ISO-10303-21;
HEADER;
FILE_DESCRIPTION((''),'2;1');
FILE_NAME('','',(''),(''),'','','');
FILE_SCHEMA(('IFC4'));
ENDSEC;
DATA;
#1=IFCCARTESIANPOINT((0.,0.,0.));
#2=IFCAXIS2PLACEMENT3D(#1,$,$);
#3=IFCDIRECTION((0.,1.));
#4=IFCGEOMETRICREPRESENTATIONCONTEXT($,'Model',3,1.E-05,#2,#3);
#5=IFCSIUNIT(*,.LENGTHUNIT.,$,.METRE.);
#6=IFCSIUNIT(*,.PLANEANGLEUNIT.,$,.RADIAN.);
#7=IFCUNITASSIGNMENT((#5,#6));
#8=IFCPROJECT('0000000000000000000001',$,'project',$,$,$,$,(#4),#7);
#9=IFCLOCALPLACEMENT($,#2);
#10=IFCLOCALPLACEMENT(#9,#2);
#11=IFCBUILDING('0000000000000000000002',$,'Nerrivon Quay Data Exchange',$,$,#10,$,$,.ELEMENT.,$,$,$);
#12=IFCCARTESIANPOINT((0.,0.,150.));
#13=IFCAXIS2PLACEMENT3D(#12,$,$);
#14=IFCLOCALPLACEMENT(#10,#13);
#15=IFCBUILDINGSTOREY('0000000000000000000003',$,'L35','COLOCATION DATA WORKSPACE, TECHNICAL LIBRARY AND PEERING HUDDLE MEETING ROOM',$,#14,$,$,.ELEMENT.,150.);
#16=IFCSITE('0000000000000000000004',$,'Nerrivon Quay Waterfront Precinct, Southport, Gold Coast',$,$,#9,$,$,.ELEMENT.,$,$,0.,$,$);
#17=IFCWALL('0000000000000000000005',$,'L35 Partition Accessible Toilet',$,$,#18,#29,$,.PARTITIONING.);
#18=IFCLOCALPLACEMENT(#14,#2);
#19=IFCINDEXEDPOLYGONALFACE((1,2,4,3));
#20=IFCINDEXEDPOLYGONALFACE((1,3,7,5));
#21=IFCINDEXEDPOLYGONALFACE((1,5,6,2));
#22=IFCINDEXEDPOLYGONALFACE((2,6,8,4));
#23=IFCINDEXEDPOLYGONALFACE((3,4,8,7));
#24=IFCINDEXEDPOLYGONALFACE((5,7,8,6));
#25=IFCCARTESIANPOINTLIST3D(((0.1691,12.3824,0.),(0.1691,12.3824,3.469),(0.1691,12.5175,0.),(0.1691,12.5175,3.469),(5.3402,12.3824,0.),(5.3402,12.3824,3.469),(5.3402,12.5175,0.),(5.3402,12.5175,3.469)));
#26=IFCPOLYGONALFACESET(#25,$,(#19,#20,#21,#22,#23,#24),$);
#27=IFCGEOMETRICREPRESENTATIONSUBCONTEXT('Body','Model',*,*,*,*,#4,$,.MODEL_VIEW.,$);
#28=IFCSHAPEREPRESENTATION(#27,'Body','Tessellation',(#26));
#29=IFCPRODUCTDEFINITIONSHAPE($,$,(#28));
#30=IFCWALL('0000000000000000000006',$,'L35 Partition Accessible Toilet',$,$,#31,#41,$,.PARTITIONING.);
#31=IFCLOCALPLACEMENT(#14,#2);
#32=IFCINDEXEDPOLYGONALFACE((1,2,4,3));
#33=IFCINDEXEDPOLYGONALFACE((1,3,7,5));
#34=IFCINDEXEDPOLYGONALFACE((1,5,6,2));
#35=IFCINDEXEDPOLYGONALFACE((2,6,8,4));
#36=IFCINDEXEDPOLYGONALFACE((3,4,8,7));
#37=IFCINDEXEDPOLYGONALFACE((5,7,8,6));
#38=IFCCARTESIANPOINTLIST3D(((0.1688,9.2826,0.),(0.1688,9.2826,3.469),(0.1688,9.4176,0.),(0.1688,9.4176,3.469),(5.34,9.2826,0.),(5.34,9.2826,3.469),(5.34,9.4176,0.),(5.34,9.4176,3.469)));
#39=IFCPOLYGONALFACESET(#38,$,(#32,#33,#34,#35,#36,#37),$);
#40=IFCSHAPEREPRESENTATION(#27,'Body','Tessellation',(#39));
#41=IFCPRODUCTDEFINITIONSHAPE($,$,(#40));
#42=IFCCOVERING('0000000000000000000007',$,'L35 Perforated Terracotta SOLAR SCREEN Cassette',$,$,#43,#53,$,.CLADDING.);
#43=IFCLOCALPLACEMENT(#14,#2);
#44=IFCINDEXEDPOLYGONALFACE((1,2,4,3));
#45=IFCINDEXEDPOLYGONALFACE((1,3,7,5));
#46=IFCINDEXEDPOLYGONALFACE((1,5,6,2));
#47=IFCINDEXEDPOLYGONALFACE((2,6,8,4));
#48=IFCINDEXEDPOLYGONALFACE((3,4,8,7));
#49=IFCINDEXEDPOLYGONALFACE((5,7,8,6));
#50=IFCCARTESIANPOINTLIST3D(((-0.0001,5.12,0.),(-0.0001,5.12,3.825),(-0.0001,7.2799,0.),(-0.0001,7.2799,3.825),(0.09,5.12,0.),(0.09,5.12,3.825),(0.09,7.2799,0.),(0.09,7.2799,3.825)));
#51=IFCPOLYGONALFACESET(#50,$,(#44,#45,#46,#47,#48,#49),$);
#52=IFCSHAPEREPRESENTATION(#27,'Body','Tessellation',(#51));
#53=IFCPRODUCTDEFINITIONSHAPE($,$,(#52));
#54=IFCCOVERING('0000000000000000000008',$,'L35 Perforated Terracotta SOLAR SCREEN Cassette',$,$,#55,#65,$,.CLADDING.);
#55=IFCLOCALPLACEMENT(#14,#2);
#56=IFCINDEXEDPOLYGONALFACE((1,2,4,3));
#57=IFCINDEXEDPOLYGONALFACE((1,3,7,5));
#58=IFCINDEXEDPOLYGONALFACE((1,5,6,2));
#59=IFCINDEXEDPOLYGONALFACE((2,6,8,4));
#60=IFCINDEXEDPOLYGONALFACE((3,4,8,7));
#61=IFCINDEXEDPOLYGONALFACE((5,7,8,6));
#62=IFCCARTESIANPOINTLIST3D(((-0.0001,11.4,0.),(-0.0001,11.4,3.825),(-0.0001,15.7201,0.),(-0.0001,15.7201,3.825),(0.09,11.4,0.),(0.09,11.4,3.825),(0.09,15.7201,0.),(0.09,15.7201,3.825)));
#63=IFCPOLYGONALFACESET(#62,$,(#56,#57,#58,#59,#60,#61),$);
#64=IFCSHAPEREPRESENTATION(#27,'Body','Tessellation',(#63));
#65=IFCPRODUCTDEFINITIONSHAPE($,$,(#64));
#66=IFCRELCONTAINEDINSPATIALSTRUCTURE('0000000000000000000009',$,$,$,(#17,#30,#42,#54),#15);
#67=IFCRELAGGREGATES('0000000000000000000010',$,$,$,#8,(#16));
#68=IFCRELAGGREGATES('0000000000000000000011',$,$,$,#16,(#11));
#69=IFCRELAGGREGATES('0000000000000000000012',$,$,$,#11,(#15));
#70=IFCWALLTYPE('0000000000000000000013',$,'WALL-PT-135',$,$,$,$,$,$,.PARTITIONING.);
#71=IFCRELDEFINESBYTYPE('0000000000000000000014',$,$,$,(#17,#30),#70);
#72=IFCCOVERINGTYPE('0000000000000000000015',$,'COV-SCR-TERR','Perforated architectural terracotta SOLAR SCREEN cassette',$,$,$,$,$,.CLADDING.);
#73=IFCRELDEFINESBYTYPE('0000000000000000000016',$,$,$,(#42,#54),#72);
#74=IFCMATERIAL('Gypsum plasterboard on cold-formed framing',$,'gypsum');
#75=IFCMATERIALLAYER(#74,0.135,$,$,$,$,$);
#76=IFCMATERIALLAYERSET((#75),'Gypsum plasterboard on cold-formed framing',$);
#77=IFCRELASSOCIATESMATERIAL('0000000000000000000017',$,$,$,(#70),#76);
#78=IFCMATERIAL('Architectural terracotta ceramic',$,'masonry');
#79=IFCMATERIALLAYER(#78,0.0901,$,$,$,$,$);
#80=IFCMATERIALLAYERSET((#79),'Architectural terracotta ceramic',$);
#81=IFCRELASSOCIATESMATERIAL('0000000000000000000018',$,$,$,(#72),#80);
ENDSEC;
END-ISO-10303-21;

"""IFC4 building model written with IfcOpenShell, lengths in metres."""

from ifc_helpers import new_model, si_unit, direction, frame, frame_2d, origin, origin_2d, place, context, subcontext, project, spatial, rectangle, extrude, material, layer, layer_set, type_object, element, save


model = new_model("IFC4")

# Units and contexts
model_context = context("Model", 3, precision=1e-05, world=origin(), true_north=direction((0.0, 1.0)))
body_context = subcontext(model_context, "Body", "Model", "MODEL_VIEW")
ifc_project = project(units=[si_unit("LENGTHUNIT", "METRE"), si_unit("PLANEANGLEUNIT", "RADIAN")], contexts=[model_context])

# Site, building, storey
site_placement = place(None, origin())
site = spatial("IfcSite", under=ifc_project, at=site_placement, Name="Nerrivon Quay Waterfront Precinct, Southport, Gold Coast", CompositionType="ELEMENT", RefElevation=0.0)
building_placement = place(site_placement, origin())
building = spatial("IfcBuilding", under=site, at=building_placement, Name="Nerrivon Quay Data Exchange", CompositionType="ELEMENT")
storey_placement = place(building_placement, frame((0.0, 0.0, 150.0)))
storey = spatial("IfcBuildingStorey", under=building, at=storey_placement, Name="L35", Description="COLOCATION DATA WORKSPACE, TECHNICAL LIBRARY AND PEERING HUDDLE MEETING ROOM", CompositionType="ELEMENT", Elevation=150.0)

# Shared definitions
ifc_material_1 = material(Name="Gypsum plasterboard on cold-formed framing", Category="gypsum")

# Walls
ifc_layer_1 = layer(ifc_material_1, 0.135)
ifc_layer_set_1 = layer_set([ifc_layer_1], Name="Gypsum plasterboard on cold-formed framing")
wall_type_1 = type_object("IfcWallType", Name="WALL-PT-135", PredefinedType="PARTITIONING", material=ifc_layer_set_1)
for number, where, z_axis, x_axis, name in (
    (1, (5.3401, 12.45, 0.0), (0.0, 0.0, 1.0), (-1.0, 0.0, 0.0), "L35 Partition Accessible Toilet"),
    (2, (0.1689, 9.3501, 0.0), (0.0, 0.0, 1.0), (1.0, 0.0, 0.0), "L35 Partition Accessible Toilet"),
):
    element("IfcWall", number, at=place(storey_placement, frame(where, z_axis=z_axis, x_axis=x_axis)), inside=storey, type_object=wall_type_1, Name=name, PredefinedType="PARTITIONING", context=body_context, shape_type="SweptSolid", body=[
        extrude(rectangle(XDim=5.1711, YDim=0.135, at=frame_2d((2.5854, 0.0))), origin(), (0.0, 0.0, 1.0), 3.469),
    ])

# Coverings
ifc_material_2 = material(Name="Architectural terracotta ceramic", Category="masonry")
ifc_layer_2 = layer(ifc_material_2, 0.0901)
ifc_layer_set_2 = layer_set([ifc_layer_2], Name="Architectural terracotta ceramic")
covering_type = type_object("IfcCoveringType", Name="COV-SCR-TERR", Description="Perforated architectural terracotta SOLAR SCREEN cassette", PredefinedType="CLADDING", material=ifc_layer_set_2)
covering_1_placement = place(storey_placement, frame((0.0449, 6.2, 0.0), z_axis=(0.0, 0.0, 1.0), x_axis=(0.0, 1.0, 0.0)))
element("IfcCovering", 3, at=covering_1_placement, inside=storey, type_object=covering_type, Name="L35 Perforated Terracotta SOLAR SCREEN Cassette", PredefinedType="CLADDING", context=body_context, shape_type="SweptSolid", body=[
    extrude(rectangle(XDim=2.1599, YDim=0.0901, at=origin_2d()), origin(), (0.0, 0.0, 1.0), 3.825),
])
covering_2_placement = place(storey_placement, frame((0.0449, 13.5601, 0.0), z_axis=(0.0, 0.0, 1.0), x_axis=(0.0, 1.0, 0.0)))
element("IfcCovering", 4, at=covering_2_placement, inside=storey, type_object=covering_type, Name="L35 Perforated Terracotta SOLAR SCREEN Cassette", PredefinedType="CLADDING", context=body_context, shape_type="SweptSolid", body=[
    extrude(rectangle(XDim=4.3201, YDim=0.0901, at=origin_2d()), origin(), (0.0, 0.0, 1.0), 3.825),
])

save(model, "model.ifc")
